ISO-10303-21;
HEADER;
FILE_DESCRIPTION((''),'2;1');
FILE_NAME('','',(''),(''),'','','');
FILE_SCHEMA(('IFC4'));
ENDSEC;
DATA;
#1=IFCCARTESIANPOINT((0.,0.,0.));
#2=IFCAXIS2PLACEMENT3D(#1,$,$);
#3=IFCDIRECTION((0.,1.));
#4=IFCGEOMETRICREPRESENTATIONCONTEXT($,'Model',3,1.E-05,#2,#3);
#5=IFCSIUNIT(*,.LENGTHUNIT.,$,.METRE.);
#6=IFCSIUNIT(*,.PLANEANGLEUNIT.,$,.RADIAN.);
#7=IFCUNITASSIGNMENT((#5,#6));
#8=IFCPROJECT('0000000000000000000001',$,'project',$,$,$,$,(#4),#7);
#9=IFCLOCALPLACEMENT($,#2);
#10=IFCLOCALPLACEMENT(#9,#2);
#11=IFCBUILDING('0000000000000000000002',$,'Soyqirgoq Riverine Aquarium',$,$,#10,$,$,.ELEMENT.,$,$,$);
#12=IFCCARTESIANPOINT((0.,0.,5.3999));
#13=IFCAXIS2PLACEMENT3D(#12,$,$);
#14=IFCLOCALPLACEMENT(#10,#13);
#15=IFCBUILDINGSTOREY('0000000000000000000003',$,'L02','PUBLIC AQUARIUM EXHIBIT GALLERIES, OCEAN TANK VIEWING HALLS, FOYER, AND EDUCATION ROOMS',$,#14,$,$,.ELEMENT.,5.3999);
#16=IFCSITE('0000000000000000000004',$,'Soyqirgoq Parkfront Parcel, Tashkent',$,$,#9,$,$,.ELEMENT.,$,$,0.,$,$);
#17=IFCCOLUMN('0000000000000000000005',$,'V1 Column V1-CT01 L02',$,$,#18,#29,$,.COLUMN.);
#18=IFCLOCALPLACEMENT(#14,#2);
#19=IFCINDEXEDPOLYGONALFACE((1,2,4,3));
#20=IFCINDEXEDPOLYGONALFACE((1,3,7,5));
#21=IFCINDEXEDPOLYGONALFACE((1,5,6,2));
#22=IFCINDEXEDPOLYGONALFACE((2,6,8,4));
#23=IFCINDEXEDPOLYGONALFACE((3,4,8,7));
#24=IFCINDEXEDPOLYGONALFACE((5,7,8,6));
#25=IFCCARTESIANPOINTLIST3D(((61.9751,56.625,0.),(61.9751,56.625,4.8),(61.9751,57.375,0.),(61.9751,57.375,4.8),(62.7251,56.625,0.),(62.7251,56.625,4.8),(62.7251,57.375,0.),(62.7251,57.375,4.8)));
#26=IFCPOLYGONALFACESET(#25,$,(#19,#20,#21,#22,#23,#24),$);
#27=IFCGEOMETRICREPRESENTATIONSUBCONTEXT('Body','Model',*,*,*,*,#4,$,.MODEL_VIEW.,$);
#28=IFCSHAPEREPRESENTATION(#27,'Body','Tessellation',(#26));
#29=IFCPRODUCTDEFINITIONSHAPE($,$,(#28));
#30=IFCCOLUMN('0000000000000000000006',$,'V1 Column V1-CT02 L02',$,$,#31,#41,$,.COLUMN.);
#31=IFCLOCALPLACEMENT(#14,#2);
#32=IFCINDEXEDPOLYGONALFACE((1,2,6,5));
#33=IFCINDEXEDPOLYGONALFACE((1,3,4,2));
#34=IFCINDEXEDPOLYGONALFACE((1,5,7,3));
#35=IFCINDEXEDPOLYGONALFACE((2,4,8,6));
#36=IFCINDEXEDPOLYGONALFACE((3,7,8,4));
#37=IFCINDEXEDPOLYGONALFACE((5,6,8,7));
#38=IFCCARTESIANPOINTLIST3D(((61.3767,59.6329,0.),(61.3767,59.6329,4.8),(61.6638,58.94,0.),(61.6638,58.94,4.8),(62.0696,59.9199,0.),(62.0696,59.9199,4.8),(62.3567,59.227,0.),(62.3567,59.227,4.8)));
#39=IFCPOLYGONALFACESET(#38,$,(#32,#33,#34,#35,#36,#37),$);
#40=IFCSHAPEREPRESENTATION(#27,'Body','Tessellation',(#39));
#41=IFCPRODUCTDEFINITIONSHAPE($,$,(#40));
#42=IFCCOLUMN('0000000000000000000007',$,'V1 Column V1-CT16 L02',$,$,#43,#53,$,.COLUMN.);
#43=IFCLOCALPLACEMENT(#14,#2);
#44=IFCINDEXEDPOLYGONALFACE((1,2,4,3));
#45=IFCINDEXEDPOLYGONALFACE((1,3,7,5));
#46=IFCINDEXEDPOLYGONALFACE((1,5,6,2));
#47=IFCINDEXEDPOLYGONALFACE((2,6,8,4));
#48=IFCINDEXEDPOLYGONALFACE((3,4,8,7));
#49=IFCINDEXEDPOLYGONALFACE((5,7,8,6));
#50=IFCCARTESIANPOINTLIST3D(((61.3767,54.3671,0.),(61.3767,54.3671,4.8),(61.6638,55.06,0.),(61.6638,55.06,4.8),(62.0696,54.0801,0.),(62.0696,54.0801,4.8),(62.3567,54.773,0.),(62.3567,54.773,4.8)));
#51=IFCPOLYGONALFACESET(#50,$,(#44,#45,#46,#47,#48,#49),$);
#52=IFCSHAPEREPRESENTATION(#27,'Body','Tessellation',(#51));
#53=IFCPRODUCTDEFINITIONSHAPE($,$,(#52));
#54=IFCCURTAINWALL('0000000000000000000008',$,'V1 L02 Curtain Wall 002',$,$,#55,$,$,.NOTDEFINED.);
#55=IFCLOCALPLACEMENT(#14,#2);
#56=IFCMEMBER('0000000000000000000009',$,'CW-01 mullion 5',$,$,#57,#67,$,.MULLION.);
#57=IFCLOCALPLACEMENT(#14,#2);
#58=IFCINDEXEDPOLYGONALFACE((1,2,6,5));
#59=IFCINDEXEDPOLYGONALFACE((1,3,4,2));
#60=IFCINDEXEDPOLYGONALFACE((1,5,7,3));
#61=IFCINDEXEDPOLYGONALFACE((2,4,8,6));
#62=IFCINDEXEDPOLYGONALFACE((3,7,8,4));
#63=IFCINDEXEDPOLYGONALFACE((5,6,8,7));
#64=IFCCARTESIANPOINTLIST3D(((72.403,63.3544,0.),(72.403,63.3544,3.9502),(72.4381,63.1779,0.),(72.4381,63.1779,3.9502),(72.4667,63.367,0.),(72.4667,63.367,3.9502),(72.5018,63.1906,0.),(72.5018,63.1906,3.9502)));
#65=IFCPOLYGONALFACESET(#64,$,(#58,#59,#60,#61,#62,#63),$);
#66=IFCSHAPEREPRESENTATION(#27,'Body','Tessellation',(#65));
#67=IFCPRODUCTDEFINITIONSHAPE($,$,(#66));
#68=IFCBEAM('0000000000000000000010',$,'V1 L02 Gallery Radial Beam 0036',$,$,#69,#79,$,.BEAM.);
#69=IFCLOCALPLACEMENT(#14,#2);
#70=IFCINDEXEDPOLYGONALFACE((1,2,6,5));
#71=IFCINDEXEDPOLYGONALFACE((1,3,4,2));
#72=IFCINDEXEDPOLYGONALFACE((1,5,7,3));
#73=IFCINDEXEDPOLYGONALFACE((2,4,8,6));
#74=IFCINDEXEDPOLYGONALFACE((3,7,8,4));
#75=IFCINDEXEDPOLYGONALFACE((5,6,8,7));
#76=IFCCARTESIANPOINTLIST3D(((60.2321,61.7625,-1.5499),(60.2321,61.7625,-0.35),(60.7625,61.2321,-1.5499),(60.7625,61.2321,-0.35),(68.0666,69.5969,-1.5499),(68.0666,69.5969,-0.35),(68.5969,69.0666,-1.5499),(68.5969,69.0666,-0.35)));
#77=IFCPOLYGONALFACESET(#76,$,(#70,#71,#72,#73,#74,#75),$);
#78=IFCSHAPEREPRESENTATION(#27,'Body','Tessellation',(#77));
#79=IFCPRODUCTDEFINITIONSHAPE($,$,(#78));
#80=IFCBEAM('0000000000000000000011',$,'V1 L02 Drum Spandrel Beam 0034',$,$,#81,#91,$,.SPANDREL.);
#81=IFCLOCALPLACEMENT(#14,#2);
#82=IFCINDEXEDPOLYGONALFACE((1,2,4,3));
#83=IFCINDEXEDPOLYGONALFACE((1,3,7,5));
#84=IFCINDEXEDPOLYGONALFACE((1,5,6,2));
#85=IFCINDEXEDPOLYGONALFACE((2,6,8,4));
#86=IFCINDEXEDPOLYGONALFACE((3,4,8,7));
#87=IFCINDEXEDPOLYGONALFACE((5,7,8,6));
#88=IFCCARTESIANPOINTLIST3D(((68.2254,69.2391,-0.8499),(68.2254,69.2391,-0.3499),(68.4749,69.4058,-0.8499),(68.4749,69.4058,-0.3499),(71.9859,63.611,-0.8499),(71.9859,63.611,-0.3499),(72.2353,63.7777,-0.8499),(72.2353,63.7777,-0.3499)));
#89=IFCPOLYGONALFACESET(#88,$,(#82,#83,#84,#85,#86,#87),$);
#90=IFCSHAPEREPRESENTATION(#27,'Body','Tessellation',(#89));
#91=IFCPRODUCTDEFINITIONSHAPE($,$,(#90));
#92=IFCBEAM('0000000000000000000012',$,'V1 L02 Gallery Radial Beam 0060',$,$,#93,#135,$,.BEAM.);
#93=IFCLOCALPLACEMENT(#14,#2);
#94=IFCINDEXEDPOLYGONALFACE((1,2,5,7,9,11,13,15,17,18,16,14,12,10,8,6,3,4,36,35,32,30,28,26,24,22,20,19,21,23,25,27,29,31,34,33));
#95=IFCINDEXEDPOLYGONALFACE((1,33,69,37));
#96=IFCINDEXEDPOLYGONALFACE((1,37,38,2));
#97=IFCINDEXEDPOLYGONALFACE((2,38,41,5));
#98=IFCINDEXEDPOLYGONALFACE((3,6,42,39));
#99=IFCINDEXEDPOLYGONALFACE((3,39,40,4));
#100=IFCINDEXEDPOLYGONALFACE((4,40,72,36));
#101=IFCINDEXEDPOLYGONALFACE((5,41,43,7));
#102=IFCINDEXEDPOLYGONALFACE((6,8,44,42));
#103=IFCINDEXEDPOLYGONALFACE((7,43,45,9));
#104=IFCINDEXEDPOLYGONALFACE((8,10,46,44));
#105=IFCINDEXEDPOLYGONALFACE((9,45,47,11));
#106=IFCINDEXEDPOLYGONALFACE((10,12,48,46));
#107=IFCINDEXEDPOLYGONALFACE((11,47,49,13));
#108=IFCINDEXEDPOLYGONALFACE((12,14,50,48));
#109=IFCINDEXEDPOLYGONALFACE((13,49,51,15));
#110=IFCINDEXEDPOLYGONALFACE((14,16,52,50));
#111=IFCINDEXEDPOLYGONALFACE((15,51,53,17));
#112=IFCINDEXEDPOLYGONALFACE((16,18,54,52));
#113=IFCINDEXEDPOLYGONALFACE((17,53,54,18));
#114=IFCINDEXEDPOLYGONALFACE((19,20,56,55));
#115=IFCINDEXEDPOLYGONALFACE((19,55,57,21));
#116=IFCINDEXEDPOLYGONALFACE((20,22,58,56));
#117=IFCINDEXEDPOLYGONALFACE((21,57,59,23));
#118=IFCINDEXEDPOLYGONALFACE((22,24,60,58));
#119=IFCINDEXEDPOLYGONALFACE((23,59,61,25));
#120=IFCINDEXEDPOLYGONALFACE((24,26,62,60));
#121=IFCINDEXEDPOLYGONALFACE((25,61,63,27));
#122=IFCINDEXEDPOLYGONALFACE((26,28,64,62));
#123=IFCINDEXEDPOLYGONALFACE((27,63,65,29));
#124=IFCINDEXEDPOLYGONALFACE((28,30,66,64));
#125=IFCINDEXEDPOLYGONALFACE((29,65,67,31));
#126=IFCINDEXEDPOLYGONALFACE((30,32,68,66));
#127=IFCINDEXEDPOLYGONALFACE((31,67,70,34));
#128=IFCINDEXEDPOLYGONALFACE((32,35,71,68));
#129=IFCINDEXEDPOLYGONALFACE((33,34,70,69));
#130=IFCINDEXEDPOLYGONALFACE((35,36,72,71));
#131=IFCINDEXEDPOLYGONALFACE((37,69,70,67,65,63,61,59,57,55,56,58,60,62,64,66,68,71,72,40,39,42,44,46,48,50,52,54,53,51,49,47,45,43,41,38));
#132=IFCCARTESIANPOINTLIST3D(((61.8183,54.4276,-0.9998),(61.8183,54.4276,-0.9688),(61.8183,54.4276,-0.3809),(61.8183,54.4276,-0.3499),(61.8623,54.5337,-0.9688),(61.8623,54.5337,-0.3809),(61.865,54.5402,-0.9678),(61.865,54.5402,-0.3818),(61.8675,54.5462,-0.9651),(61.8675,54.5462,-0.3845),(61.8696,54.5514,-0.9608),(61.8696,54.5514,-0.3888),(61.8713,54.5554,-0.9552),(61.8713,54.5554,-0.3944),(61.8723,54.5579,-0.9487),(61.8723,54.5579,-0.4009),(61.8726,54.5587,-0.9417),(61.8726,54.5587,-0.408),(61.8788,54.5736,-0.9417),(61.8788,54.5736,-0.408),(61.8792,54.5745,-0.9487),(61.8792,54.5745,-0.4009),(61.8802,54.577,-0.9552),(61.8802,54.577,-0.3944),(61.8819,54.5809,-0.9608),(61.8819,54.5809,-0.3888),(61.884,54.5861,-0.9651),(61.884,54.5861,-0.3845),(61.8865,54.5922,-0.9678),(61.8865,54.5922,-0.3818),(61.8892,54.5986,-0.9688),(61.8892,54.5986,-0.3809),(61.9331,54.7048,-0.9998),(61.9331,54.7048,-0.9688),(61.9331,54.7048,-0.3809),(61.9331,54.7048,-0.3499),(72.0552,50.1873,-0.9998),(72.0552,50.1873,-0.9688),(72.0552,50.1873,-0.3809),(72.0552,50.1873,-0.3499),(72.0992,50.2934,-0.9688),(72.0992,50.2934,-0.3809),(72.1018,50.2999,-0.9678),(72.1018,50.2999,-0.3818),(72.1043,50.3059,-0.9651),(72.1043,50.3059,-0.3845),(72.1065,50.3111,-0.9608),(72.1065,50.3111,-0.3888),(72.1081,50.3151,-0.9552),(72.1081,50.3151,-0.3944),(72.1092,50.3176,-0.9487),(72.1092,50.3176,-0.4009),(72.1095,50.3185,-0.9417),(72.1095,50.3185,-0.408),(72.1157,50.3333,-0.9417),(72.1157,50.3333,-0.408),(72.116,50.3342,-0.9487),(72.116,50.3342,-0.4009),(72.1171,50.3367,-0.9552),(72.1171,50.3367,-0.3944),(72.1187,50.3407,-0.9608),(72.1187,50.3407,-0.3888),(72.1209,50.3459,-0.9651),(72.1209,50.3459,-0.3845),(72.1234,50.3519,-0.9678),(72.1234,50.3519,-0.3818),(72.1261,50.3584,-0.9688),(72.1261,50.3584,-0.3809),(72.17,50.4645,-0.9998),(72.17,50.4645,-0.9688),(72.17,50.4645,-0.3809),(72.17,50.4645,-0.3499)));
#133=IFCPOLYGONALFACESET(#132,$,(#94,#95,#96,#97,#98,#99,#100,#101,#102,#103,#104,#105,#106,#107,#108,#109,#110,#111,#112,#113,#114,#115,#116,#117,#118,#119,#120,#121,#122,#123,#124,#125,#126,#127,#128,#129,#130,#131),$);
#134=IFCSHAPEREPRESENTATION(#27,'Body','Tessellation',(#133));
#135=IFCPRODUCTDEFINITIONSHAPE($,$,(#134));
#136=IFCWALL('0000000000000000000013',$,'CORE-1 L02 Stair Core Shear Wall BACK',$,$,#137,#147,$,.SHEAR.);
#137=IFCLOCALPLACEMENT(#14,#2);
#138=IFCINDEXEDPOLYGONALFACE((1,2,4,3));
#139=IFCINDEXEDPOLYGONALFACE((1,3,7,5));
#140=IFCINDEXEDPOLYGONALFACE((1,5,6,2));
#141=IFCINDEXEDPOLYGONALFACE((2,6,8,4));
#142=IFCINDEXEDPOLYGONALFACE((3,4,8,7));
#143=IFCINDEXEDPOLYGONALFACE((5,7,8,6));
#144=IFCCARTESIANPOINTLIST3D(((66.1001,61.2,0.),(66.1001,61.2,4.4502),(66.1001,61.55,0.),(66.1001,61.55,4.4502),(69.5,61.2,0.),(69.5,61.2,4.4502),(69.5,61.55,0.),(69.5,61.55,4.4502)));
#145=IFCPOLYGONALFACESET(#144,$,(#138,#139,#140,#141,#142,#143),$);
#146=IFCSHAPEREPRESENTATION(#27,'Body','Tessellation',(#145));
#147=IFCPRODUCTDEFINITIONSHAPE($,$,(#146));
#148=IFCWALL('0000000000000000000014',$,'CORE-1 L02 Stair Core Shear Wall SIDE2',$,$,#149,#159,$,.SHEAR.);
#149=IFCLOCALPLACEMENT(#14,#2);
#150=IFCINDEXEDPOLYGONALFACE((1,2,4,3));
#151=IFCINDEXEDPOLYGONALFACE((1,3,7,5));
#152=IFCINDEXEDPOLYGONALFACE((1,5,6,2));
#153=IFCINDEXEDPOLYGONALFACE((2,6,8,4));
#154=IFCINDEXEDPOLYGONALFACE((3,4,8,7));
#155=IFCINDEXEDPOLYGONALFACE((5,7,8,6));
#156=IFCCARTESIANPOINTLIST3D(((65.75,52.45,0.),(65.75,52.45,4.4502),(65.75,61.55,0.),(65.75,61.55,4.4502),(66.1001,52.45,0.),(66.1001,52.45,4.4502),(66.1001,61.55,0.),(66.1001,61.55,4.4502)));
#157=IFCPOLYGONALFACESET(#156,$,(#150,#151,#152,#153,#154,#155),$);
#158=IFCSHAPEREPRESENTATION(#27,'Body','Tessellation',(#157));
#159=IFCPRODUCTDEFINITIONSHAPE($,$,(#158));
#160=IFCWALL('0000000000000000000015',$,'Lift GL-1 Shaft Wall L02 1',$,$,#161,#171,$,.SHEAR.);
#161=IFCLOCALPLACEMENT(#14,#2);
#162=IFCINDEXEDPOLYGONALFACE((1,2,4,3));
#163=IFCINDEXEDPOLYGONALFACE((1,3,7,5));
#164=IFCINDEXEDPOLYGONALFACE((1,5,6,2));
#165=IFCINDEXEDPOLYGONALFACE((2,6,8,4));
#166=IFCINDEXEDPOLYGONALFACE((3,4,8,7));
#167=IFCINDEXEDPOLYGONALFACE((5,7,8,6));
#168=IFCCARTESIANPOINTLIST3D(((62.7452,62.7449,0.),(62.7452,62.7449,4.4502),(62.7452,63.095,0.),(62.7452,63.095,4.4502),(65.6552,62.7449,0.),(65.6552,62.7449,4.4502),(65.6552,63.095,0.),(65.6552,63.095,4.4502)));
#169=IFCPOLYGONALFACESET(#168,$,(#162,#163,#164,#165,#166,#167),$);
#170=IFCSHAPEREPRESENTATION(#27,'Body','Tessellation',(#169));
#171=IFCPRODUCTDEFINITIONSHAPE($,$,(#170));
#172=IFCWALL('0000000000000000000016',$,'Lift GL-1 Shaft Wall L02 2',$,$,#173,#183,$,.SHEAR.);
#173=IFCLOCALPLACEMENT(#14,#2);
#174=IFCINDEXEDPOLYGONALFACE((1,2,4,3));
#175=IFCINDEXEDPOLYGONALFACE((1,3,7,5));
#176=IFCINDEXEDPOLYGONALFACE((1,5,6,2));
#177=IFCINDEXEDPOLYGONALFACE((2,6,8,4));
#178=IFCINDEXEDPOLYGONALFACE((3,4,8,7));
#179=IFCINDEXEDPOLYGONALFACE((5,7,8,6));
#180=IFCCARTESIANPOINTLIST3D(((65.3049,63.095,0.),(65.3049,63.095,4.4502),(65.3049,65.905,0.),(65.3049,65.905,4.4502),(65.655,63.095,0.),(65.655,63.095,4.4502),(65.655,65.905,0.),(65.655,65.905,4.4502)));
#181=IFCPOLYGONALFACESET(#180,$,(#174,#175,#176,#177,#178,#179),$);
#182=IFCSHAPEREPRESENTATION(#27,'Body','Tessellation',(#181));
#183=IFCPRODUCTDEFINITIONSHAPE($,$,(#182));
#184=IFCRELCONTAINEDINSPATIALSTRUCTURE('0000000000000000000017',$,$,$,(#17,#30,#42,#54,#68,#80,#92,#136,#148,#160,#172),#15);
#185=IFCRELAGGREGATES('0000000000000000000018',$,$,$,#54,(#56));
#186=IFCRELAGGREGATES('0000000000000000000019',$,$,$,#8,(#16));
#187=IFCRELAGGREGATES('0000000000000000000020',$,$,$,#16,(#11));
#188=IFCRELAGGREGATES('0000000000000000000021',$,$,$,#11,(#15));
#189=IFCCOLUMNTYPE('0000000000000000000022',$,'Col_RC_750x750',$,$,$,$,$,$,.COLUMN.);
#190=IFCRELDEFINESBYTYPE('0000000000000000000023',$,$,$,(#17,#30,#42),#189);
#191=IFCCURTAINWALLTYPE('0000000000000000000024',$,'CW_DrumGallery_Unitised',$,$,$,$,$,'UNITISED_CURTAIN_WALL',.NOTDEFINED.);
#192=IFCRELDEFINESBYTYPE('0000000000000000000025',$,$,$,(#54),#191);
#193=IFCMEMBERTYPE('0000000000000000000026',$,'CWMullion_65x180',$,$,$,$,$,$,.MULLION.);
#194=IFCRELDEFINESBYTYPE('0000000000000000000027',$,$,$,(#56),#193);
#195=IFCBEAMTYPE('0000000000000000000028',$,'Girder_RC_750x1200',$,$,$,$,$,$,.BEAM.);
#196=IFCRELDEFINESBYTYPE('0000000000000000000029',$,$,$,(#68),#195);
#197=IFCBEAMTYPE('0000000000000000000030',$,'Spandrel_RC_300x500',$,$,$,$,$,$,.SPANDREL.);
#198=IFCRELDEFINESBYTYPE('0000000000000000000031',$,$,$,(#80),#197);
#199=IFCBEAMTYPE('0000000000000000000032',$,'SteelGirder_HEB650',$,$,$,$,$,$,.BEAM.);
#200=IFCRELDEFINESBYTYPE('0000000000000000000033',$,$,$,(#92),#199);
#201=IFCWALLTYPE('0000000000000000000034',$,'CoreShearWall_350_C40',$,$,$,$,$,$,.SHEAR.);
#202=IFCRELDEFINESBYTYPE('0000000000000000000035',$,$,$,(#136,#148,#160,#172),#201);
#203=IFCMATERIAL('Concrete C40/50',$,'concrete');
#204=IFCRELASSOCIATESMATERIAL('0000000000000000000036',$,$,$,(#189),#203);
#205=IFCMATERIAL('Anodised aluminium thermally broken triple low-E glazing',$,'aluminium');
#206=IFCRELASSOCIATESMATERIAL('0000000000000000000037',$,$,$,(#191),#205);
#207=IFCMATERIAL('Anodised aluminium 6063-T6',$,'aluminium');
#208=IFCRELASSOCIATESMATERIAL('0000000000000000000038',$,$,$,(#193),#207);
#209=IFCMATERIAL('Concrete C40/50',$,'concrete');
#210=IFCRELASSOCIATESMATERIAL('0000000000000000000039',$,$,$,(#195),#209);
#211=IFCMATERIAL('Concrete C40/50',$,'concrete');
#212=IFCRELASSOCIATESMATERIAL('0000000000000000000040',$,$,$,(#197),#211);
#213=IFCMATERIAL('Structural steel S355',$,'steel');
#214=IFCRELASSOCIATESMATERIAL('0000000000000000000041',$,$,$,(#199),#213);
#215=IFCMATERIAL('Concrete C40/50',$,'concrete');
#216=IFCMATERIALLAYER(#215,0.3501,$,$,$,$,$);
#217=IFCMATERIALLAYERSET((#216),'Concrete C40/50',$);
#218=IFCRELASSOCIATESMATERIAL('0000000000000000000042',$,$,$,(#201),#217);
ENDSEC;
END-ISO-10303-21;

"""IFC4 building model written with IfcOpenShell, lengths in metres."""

from ifc_helpers import new_model, si_unit, direction, frame, frame_2d, origin, origin_2d, place, context, subcontext, project, spatial, rectangle, i_section, extrude, material, layer, layer_set, material_profile, profile_set, type_object, element, aggregate, save


model = new_model("IFC4")

# Units and contexts
model_context = context("Model", 3, precision=1e-05, world=origin(), true_north=direction((0.0, 1.0)))
body_context = subcontext(model_context, "Body", "Model", "MODEL_VIEW")
ifc_project = project(units=[si_unit("LENGTHUNIT", "METRE"), si_unit("PLANEANGLEUNIT", "RADIAN")], contexts=[model_context])

# Site, building, storey
site_placement = place(None, origin())
site = spatial("IfcSite", under=ifc_project, at=site_placement, Name="Soyqirgoq Parkfront Parcel, Tashkent", CompositionType="ELEMENT", RefElevation=0.0)
building_placement = place(site_placement, origin())
building = spatial("IfcBuilding", under=site, at=building_placement, Name="Soyqirgoq Riverine Aquarium", CompositionType="ELEMENT")
storey_placement = place(building_placement, frame((0.0, 0.0, 5.3999)))
storey = spatial("IfcBuildingStorey", under=building, at=storey_placement, Name="L02", Description="PUBLIC AQUARIUM EXHIBIT GALLERIES, OCEAN TANK VIEWING HALLS, FOYER, AND EDUCATION ROOMS", CompositionType="ELEMENT", Elevation=5.3999)

# Columns
ifc_material_1 = material(Name="Concrete C40/50", Category="concrete")
ifc_material_profile_1 = material_profile(ifc_material_1, rectangle(XDim=0.75, YDim=0.75, at=origin_2d()), Name="RC 750x750")
ifc_profile_set_1 = profile_set([ifc_material_profile_1], Name="Concrete C40/50")
column_type_1 = type_object("IfcColumnType", Name="Col_RC_750x750", PredefinedType="COLUMN", material=ifc_profile_set_1)
for number, where, z_axis, x_axis, name in (
    (1, (62.3501, 57.0, 0.0), (0.0, 0.0, 1.0), (1.0, 0.0, 0.0), "V1 Column V1-CT01 L02"),
    (2, (61.8667, 59.4299, 0.0), (0.0, 0.0, 1.0), (0.92388, 0.382683, 0.0), "V1 Column V1-CT02 L02"),
    (3, (61.8667, 54.5701, 0.0), (0.0, 0.0, 1.0), (0.92388, -0.382683, 0.0), "V1 Column V1-CT16 L02"),
):
    element("IfcColumn", number, at=place(storey_placement, frame(where, z_axis=z_axis, x_axis=x_axis)), inside=storey, type_object=column_type_1, Name=name, PredefinedType="COLUMN", context=body_context, shape_type="SweptSolid", body=[
        extrude(rectangle(XDim=0.75, YDim=0.75, at=origin_2d()), origin(), (0.0, 0.0, 1.0), 4.8),
    ])

# Curtain wall, member
ifc_material_2 = material(Name="Anodised aluminium thermally broken triple low-E glazing", Category="aluminium")
curtain_wall_type = type_object("IfcCurtainWallType", Name="CW_DrumGallery_Unitised", ElementType="UNITISED_CURTAIN_WALL", PredefinedType="NOTDEFINED", material=ifc_material_2)
curtain_wall_placement = place(storey_placement, origin())
curtain_wall = element("IfcCurtainWall", 4, at=curtain_wall_placement, inside=storey, type_object=curtain_wall_type, Name="V1 L02 Curtain Wall 002", PredefinedType="NOTDEFINED")
ifc_material_3 = material(Name="Anodised aluminium 6063-T6", Category="aluminium")
ifc_material_profile_2 = material_profile(ifc_material_3, rectangle(XDim=0.0649, YDim=0.1799, at=origin_2d()), Name="ALU-M 65x180")
ifc_profile_set_2 = profile_set([ifc_material_profile_2], Name="Anodised aluminium 6063-T6")
member_type = type_object("IfcMemberType", Name="CWMullion_65x180", PredefinedType="MULLION", material=ifc_profile_set_2)
member_placement = place(storey_placement, frame((72.4524, 63.2725, 0.0), z_axis=(0.0, 0.0, 1.0), x_axis=(-0.980786, -0.195088, 0.0)))
member = element("IfcMember", 5, at=member_placement, type_object=member_type, Name="CW-01 mullion 5", PredefinedType="MULLION", context=body_context, shape_type="SweptSolid", body=[
    extrude(rectangle(XDim=0.0649, YDim=0.1799, at=origin_2d()), origin(), (0.0, 0.0, 1.0), 3.9502),
])
aggregate(curtain_wall, [member])

# Beams
ifc_material_4 = material(Name="Concrete C40/50", Category="concrete")
ifc_material_profile_3 = material_profile(ifc_material_4, rectangle(XDim=0.75, YDim=1.2, at=origin_2d()), Name="RC 750x1200")
ifc_profile_set_3 = profile_set([ifc_material_profile_3], Name="Concrete C40/50")
beam_type_1 = type_object("IfcBeamType", Name="Girder_RC_750x1200", PredefinedType="BEAM", material=ifc_profile_set_3)
beam_1_placement = place(storey_placement, frame((60.4973, 61.4973, -0.95), z_axis=(0.707107, 0.707107, 0.0), x_axis=(-0.707107, 0.707107, 0.0)))
element("IfcBeam", 6, at=beam_1_placement, inside=storey, type_object=beam_type_1, Name="V1 L02 Gallery Radial Beam 0036", PredefinedType="BEAM", context=body_context, shape_type="SweptSolid", body=[
    extrude(rectangle(XDim=0.75, YDim=1.2, at=origin_2d()), origin(), (0.0, 0.0, 1.0), 11.0796),
])
ifc_material_5 = material(Name="Concrete C40/50", Category="concrete")
ifc_material_profile_4 = material_profile(ifc_material_5, rectangle(XDim=0.3, YDim=0.5, at=origin_2d()), Name="RC 300x500")
ifc_profile_set_4 = profile_set([ifc_material_profile_4], Name="Concrete C40/50")
beam_type_2 = type_object("IfcBeamType", Name="Spandrel_RC_300x500", PredefinedType="SPANDREL", material=ifc_profile_set_4)
beam_2_placement = place(storey_placement, frame((72.1106, 63.6943, -0.5999), z_axis=(-0.555557, 0.831478, 0.0), x_axis=(-0.831478, -0.555557, 0.0)))
element("IfcBeam", 7, at=beam_2_placement, inside=storey, type_object=beam_type_2, Name="V1 L02 Drum Spandrel Beam 0034", PredefinedType="SPANDREL", context=body_context, shape_type="SweptSolid", body=[
    extrude(rectangle(XDim=0.3, YDim=0.5, at=origin_2d()), origin(), (0.0, 0.0, 1.0), 6.7688),
])
ifc_material_6 = material(Name="Structural steel S355", Category="steel")
ifc_material_profile_5 = material_profile(ifc_material_6, i_section(OverallWidth=0.3, OverallDepth=0.6499, WebThickness=0.0161, FlangeThickness=0.031, FilletRadius=0.0271, at=origin_2d()), Name="HEB 650")
ifc_profile_set_5 = profile_set([ifc_material_profile_5], Name="Structural steel S355")
beam_type_3 = type_object("IfcBeamType", Name="SteelGirder_HEB650", PredefinedType="BEAM", material=ifc_profile_set_5)
beam_3_placement = place(storey_placement, frame((61.8757, 54.5662, -0.6748), z_axis=(0.923879, -0.382684, 0.0), x_axis=(0.382684, 0.923879, 0.0)))
element("IfcBeam", 8, at=beam_3_placement, inside=storey, type_object=beam_type_3, Name="V1 L02 Gallery Radial Beam 0060", PredefinedType="BEAM", context=body_context, shape_type="SweptSolid", body=[
    extrude(i_section(OverallWidth=0.3, OverallDepth=0.6499, WebThickness=0.0161, FlangeThickness=0.031, FilletRadius=0.0271, at=origin_2d()), origin(), (0.0, 0.0, 1.0), 11.0803),
])

# Walls
ifc_material_7 = material(Name="Concrete C40/50", Category="concrete")
ifc_layer_1 = layer(ifc_material_7, 0.3501)
ifc_layer_set_1 = layer_set([ifc_layer_1], Name="Concrete C40/50")
wall_type_1 = type_object("IfcWallType", Name="CoreShearWall_350_C40", PredefinedType="SHEAR", material=ifc_layer_set_1)
wall_1_placement = place(storey_placement, frame((69.5, 61.375, 0.0), z_axis=(0.0, 0.0, 1.0), x_axis=(-1.0, 0.0, 0.0)))
element("IfcWall", 9, at=wall_1_placement, inside=storey, type_object=wall_type_1, Name="CORE-1 L02 Stair Core Shear Wall BACK", PredefinedType="SHEAR", context=body_context, shape_type="SweptSolid", body=[
    extrude(rectangle(XDim=3.3999, YDim=0.3501, at=frame_2d((1.7, 0.0))), origin(), (0.0, 0.0, 1.0), 4.4502),
])
wall_2_placement = place(storey_placement, frame((65.925, 61.55, 0.0), z_axis=(0.0, 0.0, 1.0), x_axis=(0.0, -1.0, 0.0)))
element("IfcWall", 10, at=wall_2_placement, inside=storey, type_object=wall_type_1, Name="CORE-1 L02 Stair Core Shear Wall SIDE2", PredefinedType="SHEAR", context=body_context, shape_type="SweptSolid", body=[
    extrude(rectangle(XDim=9.1001, YDim=0.3501, at=frame_2d((4.55, 0.0))), origin(), (0.0, 0.0, 1.0), 4.4502),
])
wall_3_placement = place(storey_placement, frame((62.7451, 62.9199, 0.0), z_axis=(0.0, 0.0, 1.0), x_axis=(1.0, 0.0, 0.0)))
element("IfcWall", 11, at=wall_3_placement, inside=storey, type_object=wall_type_1, Name="Lift GL-1 Shaft Wall L02 1", PredefinedType="SHEAR", context=body_context, shape_type="SweptSolid", body=[
    extrude(rectangle(XDim=2.9099, YDim=0.3501, at=frame_2d((1.4551, 0.0))), origin(), (0.0, 0.0, 1.0), 4.4502),
])
wall_4_placement = place(storey_placement, frame((65.48, 63.095, 0.0), z_axis=(0.0, 0.0, 1.0), x_axis=(0.0, 1.0, 0.0)))
element("IfcWall", 12, at=wall_4_placement, inside=storey, type_object=wall_type_1, Name="Lift GL-1 Shaft Wall L02 2", PredefinedType="SHEAR", context=body_context, shape_type="SweptSolid", body=[
    extrude(rectangle(XDim=2.8101, YDim=0.3501, at=frame_2d((1.405, 0.0))), origin(), (0.0, 0.0, 1.0), 4.4502),
])

save(model, "model.ifc")
